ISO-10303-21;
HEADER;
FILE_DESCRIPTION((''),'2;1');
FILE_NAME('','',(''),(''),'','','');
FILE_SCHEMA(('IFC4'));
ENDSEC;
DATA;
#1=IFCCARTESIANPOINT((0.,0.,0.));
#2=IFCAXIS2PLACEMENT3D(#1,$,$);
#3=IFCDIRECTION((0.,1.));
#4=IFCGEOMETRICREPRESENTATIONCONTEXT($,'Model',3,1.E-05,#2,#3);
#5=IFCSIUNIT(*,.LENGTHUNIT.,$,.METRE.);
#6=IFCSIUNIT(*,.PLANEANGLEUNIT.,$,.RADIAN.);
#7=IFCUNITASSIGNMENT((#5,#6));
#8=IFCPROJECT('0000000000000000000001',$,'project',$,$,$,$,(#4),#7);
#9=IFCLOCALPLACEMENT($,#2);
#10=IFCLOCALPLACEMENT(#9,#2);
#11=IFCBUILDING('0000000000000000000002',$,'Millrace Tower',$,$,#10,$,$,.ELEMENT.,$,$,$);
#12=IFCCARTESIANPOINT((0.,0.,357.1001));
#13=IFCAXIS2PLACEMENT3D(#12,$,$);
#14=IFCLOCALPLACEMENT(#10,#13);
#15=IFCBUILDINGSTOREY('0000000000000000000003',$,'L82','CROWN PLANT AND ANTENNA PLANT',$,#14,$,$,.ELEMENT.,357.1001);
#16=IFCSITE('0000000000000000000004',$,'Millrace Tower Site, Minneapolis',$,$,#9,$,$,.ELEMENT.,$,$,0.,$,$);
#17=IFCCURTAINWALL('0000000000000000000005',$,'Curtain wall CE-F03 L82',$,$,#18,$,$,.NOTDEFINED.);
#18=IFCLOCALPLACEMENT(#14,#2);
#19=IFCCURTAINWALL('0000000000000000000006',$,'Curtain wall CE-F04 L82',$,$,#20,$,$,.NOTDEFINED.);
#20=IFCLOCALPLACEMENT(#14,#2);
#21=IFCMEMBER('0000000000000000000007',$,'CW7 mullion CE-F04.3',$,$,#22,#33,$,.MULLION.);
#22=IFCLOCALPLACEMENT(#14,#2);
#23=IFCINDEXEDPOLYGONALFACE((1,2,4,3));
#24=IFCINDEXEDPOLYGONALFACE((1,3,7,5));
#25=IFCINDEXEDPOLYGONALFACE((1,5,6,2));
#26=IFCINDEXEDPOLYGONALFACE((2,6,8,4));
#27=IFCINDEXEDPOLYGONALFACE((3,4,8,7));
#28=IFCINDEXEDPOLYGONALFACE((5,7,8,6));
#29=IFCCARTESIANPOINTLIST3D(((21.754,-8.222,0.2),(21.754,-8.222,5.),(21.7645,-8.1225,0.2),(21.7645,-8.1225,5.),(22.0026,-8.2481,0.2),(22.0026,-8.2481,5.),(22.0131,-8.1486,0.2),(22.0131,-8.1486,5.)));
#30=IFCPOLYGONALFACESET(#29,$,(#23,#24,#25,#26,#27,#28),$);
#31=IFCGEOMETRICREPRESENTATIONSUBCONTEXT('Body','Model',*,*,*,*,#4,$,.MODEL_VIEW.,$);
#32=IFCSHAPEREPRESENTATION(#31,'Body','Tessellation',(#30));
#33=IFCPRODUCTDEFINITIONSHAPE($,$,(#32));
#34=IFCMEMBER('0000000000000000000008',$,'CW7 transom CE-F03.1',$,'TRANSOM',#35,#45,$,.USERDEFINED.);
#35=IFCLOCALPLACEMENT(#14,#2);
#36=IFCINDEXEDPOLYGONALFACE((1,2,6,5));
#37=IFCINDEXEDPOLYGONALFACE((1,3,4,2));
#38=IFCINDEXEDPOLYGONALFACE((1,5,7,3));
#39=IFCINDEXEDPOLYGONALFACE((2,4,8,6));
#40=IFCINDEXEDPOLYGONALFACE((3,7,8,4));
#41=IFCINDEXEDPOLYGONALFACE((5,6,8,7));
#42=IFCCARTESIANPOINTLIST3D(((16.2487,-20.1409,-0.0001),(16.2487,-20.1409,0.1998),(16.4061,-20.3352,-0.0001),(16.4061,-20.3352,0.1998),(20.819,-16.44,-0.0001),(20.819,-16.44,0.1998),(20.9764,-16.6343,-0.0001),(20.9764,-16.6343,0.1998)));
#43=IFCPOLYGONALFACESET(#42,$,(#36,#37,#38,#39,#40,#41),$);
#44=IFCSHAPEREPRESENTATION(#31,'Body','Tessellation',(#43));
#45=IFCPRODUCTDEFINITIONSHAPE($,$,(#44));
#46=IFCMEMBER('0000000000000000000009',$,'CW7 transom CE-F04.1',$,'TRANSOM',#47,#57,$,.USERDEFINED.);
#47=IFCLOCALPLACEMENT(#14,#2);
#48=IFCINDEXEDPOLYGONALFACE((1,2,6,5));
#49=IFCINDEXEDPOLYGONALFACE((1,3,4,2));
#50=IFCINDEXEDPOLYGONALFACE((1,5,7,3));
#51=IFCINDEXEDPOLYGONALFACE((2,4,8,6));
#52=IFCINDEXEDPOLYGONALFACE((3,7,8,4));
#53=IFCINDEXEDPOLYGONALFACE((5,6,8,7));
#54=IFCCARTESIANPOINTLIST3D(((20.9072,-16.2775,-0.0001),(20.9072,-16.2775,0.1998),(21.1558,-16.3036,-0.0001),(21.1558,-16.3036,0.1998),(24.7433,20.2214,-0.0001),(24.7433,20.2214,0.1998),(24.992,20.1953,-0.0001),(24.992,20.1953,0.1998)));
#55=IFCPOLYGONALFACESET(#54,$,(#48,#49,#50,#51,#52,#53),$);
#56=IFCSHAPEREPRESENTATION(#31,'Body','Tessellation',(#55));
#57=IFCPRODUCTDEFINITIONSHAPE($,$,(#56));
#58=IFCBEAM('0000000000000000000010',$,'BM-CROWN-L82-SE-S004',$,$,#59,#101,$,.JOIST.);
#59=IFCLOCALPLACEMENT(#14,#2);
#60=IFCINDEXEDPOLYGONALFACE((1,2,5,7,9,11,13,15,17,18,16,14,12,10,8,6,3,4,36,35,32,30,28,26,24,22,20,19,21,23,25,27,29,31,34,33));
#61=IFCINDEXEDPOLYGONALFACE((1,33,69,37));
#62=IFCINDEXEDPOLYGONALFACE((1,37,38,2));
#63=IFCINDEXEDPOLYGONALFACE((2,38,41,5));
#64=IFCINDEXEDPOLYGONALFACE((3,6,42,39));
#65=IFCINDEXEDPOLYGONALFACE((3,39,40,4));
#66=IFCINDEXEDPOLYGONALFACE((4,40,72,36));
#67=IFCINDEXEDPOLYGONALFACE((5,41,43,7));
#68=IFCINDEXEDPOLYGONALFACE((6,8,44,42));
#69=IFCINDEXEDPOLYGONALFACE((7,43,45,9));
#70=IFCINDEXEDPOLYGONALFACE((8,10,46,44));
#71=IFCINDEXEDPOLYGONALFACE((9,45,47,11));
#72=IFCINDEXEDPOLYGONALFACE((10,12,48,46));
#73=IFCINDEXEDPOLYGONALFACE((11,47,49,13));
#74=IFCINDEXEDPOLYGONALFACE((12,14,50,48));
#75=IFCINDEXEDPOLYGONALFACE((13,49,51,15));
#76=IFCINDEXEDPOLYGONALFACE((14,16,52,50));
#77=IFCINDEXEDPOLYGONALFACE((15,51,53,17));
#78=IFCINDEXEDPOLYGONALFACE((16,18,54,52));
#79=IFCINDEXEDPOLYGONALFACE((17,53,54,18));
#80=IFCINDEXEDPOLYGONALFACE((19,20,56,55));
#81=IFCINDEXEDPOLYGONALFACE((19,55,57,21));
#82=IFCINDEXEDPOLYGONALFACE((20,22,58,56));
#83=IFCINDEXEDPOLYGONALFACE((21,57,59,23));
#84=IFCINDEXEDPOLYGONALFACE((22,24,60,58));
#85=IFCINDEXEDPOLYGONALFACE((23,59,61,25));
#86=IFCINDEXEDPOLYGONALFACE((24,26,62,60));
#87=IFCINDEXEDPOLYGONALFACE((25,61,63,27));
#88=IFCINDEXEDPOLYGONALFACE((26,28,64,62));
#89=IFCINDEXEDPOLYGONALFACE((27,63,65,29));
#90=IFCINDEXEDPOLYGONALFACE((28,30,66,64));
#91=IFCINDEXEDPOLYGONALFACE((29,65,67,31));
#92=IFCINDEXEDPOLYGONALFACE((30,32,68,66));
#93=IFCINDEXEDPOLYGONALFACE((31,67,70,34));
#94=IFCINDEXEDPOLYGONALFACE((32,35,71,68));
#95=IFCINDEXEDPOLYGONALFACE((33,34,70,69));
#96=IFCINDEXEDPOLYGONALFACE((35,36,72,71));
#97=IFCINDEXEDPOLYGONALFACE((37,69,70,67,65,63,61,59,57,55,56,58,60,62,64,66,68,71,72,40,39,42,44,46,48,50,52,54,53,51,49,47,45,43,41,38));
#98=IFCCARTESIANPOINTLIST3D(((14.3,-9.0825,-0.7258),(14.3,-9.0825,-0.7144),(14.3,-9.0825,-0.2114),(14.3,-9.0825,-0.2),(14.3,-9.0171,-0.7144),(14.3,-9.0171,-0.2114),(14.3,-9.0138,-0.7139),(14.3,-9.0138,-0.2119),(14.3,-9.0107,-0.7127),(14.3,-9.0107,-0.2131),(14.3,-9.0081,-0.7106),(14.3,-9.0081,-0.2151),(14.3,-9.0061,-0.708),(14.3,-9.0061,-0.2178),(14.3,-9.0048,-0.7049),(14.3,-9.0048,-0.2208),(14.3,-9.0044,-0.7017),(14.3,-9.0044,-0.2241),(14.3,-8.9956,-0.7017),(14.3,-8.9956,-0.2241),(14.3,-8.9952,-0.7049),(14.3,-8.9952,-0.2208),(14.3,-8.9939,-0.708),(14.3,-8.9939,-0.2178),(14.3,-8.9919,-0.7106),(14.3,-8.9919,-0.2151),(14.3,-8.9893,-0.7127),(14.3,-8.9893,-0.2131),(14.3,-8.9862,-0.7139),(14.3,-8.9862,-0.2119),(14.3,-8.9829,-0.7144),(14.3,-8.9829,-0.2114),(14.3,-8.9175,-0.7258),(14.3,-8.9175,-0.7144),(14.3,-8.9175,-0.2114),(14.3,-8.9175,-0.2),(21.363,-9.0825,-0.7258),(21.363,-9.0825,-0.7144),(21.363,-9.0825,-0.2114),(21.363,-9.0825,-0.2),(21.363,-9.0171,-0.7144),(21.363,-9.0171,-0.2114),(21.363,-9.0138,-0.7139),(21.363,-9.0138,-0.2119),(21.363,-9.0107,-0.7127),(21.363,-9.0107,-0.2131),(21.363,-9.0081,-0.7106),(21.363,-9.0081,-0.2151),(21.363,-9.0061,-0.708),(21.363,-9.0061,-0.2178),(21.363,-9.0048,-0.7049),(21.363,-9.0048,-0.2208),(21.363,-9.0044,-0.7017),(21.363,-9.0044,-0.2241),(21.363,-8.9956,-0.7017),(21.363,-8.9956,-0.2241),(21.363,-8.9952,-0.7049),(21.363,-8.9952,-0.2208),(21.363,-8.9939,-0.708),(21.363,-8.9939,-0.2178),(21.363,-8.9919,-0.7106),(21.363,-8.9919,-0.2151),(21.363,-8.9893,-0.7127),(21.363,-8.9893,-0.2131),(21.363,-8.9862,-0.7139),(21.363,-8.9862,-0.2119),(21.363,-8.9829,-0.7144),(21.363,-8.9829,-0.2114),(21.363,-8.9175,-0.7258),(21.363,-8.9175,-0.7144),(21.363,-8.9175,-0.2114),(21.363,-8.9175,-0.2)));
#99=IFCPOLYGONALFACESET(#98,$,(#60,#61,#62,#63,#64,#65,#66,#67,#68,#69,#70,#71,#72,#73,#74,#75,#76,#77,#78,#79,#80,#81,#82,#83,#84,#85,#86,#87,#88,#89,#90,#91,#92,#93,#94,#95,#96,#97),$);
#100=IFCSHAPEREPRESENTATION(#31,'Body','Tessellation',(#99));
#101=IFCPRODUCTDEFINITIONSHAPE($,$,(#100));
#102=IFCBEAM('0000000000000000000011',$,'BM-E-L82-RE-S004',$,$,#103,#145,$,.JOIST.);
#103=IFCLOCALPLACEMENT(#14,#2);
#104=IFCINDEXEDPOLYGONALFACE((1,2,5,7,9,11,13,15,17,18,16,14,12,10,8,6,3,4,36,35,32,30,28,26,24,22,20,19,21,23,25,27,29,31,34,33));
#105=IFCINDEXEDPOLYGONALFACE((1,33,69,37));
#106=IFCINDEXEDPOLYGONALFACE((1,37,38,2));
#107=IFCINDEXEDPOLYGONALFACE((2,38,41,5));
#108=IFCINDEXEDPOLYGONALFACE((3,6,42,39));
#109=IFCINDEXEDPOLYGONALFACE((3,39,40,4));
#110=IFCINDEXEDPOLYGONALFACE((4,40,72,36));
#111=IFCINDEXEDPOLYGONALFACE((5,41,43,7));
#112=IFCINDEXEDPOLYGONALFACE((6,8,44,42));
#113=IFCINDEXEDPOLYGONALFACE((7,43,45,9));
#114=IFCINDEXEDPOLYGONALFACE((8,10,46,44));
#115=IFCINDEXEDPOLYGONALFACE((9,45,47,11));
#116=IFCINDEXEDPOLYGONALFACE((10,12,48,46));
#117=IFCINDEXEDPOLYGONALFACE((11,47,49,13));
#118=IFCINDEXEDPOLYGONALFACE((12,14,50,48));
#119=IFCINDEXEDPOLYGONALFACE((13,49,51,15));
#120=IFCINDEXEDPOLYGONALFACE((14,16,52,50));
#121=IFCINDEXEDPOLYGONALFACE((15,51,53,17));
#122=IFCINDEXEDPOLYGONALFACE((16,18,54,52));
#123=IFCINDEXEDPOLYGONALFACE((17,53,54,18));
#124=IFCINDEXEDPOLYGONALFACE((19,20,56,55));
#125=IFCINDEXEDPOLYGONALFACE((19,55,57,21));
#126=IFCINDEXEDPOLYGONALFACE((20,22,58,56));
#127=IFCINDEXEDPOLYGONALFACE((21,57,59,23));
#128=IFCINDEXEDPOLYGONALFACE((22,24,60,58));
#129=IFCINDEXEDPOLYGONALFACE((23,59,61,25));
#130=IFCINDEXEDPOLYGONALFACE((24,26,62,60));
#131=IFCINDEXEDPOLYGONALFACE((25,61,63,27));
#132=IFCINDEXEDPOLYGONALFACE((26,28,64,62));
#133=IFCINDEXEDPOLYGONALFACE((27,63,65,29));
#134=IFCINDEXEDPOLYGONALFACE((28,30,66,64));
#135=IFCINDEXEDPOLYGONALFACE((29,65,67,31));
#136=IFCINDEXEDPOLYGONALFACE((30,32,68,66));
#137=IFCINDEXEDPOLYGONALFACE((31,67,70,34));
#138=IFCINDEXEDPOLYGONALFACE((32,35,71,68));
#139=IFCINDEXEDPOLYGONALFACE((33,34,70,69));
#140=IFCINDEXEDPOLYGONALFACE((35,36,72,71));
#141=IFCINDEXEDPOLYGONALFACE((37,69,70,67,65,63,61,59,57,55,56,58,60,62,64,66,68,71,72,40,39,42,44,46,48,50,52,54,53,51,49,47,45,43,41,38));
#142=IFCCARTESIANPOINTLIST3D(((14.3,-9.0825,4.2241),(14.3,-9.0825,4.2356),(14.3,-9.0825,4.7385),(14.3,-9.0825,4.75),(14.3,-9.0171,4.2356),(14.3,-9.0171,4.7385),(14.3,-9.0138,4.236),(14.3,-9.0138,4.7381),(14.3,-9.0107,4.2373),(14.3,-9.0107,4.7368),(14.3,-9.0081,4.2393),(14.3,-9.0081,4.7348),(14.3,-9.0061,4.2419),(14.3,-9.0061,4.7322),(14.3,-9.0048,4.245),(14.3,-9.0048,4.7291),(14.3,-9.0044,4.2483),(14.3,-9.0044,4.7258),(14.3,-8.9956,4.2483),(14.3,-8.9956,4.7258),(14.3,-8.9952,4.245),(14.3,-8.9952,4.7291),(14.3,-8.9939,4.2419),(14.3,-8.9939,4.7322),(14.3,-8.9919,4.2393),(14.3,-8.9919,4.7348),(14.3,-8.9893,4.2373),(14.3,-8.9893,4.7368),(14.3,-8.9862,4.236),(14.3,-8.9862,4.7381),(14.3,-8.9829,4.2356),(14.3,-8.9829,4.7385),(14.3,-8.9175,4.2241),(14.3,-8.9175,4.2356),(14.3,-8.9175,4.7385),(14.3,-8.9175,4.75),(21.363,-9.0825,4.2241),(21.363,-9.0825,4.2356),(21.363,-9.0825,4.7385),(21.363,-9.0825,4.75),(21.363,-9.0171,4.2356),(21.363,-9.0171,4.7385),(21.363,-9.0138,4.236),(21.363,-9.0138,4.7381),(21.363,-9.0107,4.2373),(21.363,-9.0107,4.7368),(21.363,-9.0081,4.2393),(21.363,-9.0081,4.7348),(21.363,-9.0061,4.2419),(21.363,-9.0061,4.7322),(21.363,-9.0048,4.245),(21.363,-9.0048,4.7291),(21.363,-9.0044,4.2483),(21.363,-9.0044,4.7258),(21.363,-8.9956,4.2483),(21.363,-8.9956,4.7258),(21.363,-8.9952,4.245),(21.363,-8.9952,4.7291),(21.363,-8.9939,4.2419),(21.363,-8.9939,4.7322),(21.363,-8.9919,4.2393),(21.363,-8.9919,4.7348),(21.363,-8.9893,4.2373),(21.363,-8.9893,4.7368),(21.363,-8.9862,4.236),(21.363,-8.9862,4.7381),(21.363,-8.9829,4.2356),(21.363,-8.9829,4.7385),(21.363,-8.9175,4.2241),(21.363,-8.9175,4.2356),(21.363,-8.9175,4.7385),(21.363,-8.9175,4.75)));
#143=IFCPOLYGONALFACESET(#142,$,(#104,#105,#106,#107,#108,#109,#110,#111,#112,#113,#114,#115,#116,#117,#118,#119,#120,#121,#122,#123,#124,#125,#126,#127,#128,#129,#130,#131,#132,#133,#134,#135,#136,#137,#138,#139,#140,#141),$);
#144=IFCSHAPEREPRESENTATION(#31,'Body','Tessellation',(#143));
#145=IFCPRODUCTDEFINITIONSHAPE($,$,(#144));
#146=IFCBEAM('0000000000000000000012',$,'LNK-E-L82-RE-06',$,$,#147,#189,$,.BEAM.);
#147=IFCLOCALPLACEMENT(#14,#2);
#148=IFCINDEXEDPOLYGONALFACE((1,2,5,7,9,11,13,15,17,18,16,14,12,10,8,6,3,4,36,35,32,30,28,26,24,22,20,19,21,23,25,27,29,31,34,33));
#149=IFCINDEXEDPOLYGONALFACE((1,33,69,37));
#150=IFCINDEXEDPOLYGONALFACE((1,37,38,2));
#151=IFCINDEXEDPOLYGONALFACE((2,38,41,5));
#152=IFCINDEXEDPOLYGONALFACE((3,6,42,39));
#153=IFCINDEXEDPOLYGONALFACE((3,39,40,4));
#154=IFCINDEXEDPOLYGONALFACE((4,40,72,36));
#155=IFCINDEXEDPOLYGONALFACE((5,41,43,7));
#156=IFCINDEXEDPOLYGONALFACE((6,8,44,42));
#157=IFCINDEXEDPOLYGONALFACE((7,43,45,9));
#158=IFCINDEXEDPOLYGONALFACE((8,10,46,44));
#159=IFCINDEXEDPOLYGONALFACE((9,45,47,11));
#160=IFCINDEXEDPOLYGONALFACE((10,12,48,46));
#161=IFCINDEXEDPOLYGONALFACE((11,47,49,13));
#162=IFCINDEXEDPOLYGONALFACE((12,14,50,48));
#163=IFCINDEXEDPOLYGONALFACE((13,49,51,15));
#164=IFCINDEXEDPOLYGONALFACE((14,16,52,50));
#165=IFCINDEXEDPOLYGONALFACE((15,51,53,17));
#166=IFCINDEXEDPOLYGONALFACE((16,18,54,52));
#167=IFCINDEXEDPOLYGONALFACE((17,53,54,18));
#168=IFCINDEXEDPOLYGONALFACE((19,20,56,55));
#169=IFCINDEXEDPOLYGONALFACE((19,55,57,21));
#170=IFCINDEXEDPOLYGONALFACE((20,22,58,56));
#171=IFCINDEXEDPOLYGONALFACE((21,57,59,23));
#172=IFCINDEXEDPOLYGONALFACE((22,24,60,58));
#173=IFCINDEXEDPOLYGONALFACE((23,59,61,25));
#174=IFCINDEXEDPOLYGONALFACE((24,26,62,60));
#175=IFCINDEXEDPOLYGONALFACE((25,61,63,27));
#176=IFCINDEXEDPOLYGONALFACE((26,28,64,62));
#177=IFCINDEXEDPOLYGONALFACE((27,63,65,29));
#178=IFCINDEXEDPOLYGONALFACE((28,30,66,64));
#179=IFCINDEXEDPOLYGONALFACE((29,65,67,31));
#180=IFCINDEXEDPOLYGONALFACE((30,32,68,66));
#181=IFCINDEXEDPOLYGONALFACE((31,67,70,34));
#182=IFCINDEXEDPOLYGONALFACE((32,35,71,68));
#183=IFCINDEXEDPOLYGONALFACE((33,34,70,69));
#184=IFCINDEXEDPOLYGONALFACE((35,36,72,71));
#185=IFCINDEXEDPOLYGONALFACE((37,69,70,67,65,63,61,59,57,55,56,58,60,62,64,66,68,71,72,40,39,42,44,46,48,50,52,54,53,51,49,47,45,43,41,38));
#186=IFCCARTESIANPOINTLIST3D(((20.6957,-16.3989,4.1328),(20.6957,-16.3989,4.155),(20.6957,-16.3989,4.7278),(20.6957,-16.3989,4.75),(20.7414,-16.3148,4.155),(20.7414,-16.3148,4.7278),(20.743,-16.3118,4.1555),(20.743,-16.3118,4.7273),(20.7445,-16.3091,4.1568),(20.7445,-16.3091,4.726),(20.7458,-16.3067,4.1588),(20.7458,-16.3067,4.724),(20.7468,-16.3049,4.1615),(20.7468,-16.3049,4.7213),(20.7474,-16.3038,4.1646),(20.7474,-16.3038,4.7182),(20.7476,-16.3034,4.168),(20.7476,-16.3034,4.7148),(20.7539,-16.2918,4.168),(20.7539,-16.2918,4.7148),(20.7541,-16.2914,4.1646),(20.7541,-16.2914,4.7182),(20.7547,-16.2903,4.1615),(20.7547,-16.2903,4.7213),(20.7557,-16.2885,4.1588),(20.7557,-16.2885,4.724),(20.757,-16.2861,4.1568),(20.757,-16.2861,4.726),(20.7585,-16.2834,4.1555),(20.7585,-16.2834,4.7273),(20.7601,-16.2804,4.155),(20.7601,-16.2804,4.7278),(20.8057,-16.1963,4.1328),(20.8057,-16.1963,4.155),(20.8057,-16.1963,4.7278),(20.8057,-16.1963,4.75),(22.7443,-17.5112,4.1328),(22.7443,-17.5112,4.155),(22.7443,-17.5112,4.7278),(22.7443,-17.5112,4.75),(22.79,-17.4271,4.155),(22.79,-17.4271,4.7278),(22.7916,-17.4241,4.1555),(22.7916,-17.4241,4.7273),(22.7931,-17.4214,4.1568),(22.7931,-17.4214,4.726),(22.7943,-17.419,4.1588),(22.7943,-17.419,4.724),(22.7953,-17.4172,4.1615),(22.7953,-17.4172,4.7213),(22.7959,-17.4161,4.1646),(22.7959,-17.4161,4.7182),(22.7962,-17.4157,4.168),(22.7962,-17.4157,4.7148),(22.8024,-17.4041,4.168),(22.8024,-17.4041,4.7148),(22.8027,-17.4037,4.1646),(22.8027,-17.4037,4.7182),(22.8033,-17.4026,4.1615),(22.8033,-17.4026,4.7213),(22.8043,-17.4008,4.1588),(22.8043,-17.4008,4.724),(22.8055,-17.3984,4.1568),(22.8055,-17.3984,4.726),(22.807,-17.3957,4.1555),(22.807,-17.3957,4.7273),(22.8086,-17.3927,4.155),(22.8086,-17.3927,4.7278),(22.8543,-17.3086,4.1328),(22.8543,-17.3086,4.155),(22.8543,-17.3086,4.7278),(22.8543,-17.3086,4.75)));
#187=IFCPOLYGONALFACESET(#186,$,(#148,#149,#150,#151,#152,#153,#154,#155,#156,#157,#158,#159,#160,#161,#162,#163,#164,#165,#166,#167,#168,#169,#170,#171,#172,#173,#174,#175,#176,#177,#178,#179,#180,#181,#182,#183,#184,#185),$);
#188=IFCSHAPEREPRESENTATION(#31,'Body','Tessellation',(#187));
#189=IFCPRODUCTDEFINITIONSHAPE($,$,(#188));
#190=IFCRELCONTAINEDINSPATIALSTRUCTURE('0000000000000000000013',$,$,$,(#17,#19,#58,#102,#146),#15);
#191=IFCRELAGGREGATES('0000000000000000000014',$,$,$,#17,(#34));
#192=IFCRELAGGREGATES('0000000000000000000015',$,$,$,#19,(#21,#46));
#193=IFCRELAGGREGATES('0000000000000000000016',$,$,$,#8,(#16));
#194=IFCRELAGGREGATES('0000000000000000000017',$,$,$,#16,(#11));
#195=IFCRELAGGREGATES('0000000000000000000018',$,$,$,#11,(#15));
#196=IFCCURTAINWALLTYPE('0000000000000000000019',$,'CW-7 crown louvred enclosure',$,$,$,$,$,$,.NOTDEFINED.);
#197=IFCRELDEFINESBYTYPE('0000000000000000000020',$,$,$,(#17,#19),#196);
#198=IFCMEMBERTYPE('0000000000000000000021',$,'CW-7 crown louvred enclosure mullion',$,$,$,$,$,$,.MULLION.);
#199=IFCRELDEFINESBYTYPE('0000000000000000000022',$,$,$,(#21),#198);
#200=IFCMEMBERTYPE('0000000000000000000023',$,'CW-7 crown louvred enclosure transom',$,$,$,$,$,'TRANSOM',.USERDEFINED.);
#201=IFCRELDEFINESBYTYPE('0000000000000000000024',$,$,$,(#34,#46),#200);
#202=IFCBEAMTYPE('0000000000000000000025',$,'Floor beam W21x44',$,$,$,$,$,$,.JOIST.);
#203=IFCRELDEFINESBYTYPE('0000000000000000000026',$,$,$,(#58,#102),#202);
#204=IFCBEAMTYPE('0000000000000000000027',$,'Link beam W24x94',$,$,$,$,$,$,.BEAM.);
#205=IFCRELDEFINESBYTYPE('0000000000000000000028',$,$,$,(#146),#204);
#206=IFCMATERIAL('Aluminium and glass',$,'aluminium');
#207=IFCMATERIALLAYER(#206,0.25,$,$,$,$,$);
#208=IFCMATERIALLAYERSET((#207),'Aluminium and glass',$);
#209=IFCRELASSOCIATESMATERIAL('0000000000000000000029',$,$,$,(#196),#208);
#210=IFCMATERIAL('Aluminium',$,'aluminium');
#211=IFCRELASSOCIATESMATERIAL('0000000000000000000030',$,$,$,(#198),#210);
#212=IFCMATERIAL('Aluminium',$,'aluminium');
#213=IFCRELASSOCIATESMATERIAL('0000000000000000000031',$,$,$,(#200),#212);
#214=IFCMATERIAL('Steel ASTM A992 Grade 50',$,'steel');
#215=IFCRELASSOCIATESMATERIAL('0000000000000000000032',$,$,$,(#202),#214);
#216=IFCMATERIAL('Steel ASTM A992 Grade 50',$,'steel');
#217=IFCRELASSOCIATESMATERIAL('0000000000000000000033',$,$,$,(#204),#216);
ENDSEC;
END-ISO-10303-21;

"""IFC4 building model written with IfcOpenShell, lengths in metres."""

from ifc_helpers import new_model, si_unit, direction, frame, origin, origin_2d, place, context, subcontext, project, spatial, rectangle, i_section, extrude, material, layer, layer_set, material_profile, profile_set, type_object, element, aggregate, save


model = new_model("IFC4")

# Units and contexts
model_context = context("Model", 3, precision=1e-05, world=origin(), true_north=direction((0.0, 1.0)))
body_context = subcontext(model_context, "Body", "Model", "MODEL_VIEW")
ifc_project = project(units=[si_unit("LENGTHUNIT", "METRE"), si_unit("PLANEANGLEUNIT", "RADIAN")], contexts=[model_context])

# Site, building, storey
site_placement = place(None, origin())
site = spatial("IfcSite", under=ifc_project, at=site_placement, Name="Millrace Tower Site, Minneapolis", CompositionType="ELEMENT", RefElevation=0.0)
building_placement = place(site_placement, origin())
building = spatial("IfcBuilding", under=site, at=building_placement, Name="Millrace Tower", CompositionType="ELEMENT")
storey_placement = place(building_placement, frame((0.0, 0.0, 357.1001)))
storey = spatial("IfcBuildingStorey", under=building, at=storey_placement, Name="L82", Description="CROWN PLANT AND ANTENNA PLANT", CompositionType="ELEMENT", Elevation=357.1001)

# Curtain wall
ifc_material_1 = material(Name="Aluminium and glass", Category="aluminium")
ifc_layer_1 = layer(ifc_material_1, 0.25)
ifc_layer_set_1 = layer_set([ifc_layer_1], Name="Aluminium and glass")
curtain_wall_type = type_object("IfcCurtainWallType", Name="CW-7 crown louvred enclosure", PredefinedType="NOTDEFINED", material=ifc_layer_set_1)
placement = place(storey_placement, origin())
ifc_material_2 = material(Name="Aluminium", Category="aluminium")
ifc_material_profile_1 = material_profile(ifc_material_2, rectangle(XDim=0.1001, YDim=0.25, at=origin_2d()))
ifc_profile_set_1 = profile_set([ifc_material_profile_1], Name="Aluminium")
member_type_1 = type_object("IfcMemberType", Name="CW-7 crown louvred enclosure mullion", PredefinedType="MULLION", material=ifc_profile_set_1)
curtain_wall_1 = element("IfcCurtainWall", 1, at=placement, inside=storey, type_object=curtain_wall_type, Name="Curtain wall CE-F03 L82", PredefinedType="NOTDEFINED")

# Curtain wall, member
curtain_wall_2 = element("IfcCurtainWall", 2, at=placement, inside=storey, type_object=curtain_wall_type, Name="Curtain wall CE-F04 L82", PredefinedType="NOTDEFINED")
member_1_placement = place(storey_placement, frame((21.8835, -8.1853, 0.2), z_axis=(0.0, 0.0, 1.0), x_axis=(0.104528, 0.994522, 0.0)))
member_1 = element("IfcMember", 3, at=member_1_placement, type_object=member_type_1, Name="CW7 mullion CE-F04.3", PredefinedType="MULLION", context=body_context, shape_type="SweptSolid", body=[
    extrude(rectangle(XDim=0.1001, YDim=0.25, at=origin_2d()), origin(), (0.0, 0.0, 1.0), 4.8),
])

# Members
ifc_material_3 = material(Name="Aluminium", Category="aluminium")
ifc_material_profile_2 = material_profile(ifc_material_3, rectangle(XDim=0.25, YDim=0.2, at=origin_2d()))
ifc_profile_set_2 = profile_set([ifc_material_profile_2], Name="Aluminium")
member_type_2 = type_object("IfcMemberType", Name="CW-7 crown louvred enclosure transom", ElementType="TRANSOM", PredefinedType="USERDEFINED", material=ifc_profile_set_2)
member_2_placement = place(storey_placement, frame((16.3274, -20.238, 0.0999), z_axis=(0.777149, 0.629316, 0.0), x_axis=(-0.629316, 0.777149, 0.0)))
member_2 = element("IfcMember", 4, at=member_2_placement, type_object=member_type_2, Name="CW7 transom CE-F03.1", ObjectType="TRANSOM", PredefinedType="USERDEFINED", context=body_context, shape_type="SweptSolid", body=[
    extrude(rectangle(XDim=0.25, YDim=0.2, at=origin_2d()), origin(), (0.0, 0.0, 1.0), 5.8809),
])
aggregate(curtain_wall_1, [member_2])
member_3_placement = place(storey_placement, frame((21.0315, -16.2905, 0.0999), z_axis=(0.104528, 0.994522, 0.0), x_axis=(-0.994522, 0.104528, 0.0)))
member_3 = element("IfcMember", 5, at=member_3_placement, type_object=member_type_2, Name="CW7 transom CE-F04.1", ObjectType="TRANSOM", PredefinedType="USERDEFINED", context=body_context, shape_type="SweptSolid", body=[
    extrude(rectangle(XDim=0.25, YDim=0.2, at=origin_2d()), origin(), (0.0, 0.0, 1.0), 36.7),
])
aggregate(curtain_wall_2, [member_1, member_3])

# Beams
ifc_material_4 = material(Name="Steel ASTM A992 Grade 50", Category="steel")
ifc_material_profile_3 = material_profile(ifc_material_4, i_section(OverallWidth=0.165, OverallDepth=0.5259, WebThickness=0.0088, FlangeThickness=0.0115, FilletRadius=0.0127, at=origin_2d()))
ifc_profile_set_3 = profile_set([ifc_material_profile_3], Name="Steel ASTM A992 Grade 50")
beam_type_1 = type_object("IfcBeamType", Name="Floor beam W21x44", PredefinedType="JOIST", material=ifc_profile_set_3)
for number, where, z_axis, x_axis, name in (
    (6, (14.3, -9.0, -0.4629), (1.0, 0.0, 0.0), (0.0, 1.0, 0.0), "BM-CROWN-L82-SE-S004"),
    (7, (14.3, -9.0, 4.4871), (1.0, 0.0, 0.0), (0.0, 1.0, 0.0), "BM-E-L82-RE-S004"),
):
    element("IfcBeam", number, at=place(storey_placement, frame(where, z_axis=z_axis, x_axis=x_axis)), inside=storey, type_object=beam_type_1, Name=name, PredefinedType="JOIST", context=body_context, shape_type="SweptSolid", body=[
        extrude(i_section(OverallWidth=0.165, OverallDepth=0.5259, WebThickness=0.0088, FlangeThickness=0.0115, FilletRadius=0.0127, at=origin_2d()), origin(), (0.0, 0.0, 1.0), 7.063),
    ])
ifc_material_5 = material(Name="Steel ASTM A992 Grade 50", Category="steel")
ifc_material_profile_4 = material_profile(ifc_material_5, i_section(OverallWidth=0.2305, OverallDepth=0.6172, WebThickness=0.0132, FlangeThickness=0.0222, FilletRadius=0.0129, at=origin_2d()))
ifc_profile_set_4 = profile_set([ifc_material_profile_4], Name="Steel ASTM A992 Grade 50")
beam_type_2 = type_object("IfcBeamType", Name="Link beam W24x94", PredefinedType="BEAM", material=ifc_profile_set_4)
for number, where, z_axis, x_axis, name in (
    (8, (20.7507, -16.2976, 4.4414), (0.878815, -0.477164, 0.0), (0.477164, 0.878815, 0.0), "LNK-E-L82-RE-06"),
):
    element("IfcBeam", number, at=place(storey_placement, frame(where, z_axis=z_axis, x_axis=x_axis)), inside=storey, type_object=beam_type_2, Name=name, PredefinedType="BEAM", context=body_context, shape_type="SweptSolid", body=[
        extrude(i_section(OverallWidth=0.2305, OverallDepth=0.6172, WebThickness=0.0132, FlangeThickness=0.0222, FilletRadius=0.0129, at=origin_2d()), origin(), (0.0, 0.0, 1.0), 2.3311),
    ])

save(model, "model.ifc")
